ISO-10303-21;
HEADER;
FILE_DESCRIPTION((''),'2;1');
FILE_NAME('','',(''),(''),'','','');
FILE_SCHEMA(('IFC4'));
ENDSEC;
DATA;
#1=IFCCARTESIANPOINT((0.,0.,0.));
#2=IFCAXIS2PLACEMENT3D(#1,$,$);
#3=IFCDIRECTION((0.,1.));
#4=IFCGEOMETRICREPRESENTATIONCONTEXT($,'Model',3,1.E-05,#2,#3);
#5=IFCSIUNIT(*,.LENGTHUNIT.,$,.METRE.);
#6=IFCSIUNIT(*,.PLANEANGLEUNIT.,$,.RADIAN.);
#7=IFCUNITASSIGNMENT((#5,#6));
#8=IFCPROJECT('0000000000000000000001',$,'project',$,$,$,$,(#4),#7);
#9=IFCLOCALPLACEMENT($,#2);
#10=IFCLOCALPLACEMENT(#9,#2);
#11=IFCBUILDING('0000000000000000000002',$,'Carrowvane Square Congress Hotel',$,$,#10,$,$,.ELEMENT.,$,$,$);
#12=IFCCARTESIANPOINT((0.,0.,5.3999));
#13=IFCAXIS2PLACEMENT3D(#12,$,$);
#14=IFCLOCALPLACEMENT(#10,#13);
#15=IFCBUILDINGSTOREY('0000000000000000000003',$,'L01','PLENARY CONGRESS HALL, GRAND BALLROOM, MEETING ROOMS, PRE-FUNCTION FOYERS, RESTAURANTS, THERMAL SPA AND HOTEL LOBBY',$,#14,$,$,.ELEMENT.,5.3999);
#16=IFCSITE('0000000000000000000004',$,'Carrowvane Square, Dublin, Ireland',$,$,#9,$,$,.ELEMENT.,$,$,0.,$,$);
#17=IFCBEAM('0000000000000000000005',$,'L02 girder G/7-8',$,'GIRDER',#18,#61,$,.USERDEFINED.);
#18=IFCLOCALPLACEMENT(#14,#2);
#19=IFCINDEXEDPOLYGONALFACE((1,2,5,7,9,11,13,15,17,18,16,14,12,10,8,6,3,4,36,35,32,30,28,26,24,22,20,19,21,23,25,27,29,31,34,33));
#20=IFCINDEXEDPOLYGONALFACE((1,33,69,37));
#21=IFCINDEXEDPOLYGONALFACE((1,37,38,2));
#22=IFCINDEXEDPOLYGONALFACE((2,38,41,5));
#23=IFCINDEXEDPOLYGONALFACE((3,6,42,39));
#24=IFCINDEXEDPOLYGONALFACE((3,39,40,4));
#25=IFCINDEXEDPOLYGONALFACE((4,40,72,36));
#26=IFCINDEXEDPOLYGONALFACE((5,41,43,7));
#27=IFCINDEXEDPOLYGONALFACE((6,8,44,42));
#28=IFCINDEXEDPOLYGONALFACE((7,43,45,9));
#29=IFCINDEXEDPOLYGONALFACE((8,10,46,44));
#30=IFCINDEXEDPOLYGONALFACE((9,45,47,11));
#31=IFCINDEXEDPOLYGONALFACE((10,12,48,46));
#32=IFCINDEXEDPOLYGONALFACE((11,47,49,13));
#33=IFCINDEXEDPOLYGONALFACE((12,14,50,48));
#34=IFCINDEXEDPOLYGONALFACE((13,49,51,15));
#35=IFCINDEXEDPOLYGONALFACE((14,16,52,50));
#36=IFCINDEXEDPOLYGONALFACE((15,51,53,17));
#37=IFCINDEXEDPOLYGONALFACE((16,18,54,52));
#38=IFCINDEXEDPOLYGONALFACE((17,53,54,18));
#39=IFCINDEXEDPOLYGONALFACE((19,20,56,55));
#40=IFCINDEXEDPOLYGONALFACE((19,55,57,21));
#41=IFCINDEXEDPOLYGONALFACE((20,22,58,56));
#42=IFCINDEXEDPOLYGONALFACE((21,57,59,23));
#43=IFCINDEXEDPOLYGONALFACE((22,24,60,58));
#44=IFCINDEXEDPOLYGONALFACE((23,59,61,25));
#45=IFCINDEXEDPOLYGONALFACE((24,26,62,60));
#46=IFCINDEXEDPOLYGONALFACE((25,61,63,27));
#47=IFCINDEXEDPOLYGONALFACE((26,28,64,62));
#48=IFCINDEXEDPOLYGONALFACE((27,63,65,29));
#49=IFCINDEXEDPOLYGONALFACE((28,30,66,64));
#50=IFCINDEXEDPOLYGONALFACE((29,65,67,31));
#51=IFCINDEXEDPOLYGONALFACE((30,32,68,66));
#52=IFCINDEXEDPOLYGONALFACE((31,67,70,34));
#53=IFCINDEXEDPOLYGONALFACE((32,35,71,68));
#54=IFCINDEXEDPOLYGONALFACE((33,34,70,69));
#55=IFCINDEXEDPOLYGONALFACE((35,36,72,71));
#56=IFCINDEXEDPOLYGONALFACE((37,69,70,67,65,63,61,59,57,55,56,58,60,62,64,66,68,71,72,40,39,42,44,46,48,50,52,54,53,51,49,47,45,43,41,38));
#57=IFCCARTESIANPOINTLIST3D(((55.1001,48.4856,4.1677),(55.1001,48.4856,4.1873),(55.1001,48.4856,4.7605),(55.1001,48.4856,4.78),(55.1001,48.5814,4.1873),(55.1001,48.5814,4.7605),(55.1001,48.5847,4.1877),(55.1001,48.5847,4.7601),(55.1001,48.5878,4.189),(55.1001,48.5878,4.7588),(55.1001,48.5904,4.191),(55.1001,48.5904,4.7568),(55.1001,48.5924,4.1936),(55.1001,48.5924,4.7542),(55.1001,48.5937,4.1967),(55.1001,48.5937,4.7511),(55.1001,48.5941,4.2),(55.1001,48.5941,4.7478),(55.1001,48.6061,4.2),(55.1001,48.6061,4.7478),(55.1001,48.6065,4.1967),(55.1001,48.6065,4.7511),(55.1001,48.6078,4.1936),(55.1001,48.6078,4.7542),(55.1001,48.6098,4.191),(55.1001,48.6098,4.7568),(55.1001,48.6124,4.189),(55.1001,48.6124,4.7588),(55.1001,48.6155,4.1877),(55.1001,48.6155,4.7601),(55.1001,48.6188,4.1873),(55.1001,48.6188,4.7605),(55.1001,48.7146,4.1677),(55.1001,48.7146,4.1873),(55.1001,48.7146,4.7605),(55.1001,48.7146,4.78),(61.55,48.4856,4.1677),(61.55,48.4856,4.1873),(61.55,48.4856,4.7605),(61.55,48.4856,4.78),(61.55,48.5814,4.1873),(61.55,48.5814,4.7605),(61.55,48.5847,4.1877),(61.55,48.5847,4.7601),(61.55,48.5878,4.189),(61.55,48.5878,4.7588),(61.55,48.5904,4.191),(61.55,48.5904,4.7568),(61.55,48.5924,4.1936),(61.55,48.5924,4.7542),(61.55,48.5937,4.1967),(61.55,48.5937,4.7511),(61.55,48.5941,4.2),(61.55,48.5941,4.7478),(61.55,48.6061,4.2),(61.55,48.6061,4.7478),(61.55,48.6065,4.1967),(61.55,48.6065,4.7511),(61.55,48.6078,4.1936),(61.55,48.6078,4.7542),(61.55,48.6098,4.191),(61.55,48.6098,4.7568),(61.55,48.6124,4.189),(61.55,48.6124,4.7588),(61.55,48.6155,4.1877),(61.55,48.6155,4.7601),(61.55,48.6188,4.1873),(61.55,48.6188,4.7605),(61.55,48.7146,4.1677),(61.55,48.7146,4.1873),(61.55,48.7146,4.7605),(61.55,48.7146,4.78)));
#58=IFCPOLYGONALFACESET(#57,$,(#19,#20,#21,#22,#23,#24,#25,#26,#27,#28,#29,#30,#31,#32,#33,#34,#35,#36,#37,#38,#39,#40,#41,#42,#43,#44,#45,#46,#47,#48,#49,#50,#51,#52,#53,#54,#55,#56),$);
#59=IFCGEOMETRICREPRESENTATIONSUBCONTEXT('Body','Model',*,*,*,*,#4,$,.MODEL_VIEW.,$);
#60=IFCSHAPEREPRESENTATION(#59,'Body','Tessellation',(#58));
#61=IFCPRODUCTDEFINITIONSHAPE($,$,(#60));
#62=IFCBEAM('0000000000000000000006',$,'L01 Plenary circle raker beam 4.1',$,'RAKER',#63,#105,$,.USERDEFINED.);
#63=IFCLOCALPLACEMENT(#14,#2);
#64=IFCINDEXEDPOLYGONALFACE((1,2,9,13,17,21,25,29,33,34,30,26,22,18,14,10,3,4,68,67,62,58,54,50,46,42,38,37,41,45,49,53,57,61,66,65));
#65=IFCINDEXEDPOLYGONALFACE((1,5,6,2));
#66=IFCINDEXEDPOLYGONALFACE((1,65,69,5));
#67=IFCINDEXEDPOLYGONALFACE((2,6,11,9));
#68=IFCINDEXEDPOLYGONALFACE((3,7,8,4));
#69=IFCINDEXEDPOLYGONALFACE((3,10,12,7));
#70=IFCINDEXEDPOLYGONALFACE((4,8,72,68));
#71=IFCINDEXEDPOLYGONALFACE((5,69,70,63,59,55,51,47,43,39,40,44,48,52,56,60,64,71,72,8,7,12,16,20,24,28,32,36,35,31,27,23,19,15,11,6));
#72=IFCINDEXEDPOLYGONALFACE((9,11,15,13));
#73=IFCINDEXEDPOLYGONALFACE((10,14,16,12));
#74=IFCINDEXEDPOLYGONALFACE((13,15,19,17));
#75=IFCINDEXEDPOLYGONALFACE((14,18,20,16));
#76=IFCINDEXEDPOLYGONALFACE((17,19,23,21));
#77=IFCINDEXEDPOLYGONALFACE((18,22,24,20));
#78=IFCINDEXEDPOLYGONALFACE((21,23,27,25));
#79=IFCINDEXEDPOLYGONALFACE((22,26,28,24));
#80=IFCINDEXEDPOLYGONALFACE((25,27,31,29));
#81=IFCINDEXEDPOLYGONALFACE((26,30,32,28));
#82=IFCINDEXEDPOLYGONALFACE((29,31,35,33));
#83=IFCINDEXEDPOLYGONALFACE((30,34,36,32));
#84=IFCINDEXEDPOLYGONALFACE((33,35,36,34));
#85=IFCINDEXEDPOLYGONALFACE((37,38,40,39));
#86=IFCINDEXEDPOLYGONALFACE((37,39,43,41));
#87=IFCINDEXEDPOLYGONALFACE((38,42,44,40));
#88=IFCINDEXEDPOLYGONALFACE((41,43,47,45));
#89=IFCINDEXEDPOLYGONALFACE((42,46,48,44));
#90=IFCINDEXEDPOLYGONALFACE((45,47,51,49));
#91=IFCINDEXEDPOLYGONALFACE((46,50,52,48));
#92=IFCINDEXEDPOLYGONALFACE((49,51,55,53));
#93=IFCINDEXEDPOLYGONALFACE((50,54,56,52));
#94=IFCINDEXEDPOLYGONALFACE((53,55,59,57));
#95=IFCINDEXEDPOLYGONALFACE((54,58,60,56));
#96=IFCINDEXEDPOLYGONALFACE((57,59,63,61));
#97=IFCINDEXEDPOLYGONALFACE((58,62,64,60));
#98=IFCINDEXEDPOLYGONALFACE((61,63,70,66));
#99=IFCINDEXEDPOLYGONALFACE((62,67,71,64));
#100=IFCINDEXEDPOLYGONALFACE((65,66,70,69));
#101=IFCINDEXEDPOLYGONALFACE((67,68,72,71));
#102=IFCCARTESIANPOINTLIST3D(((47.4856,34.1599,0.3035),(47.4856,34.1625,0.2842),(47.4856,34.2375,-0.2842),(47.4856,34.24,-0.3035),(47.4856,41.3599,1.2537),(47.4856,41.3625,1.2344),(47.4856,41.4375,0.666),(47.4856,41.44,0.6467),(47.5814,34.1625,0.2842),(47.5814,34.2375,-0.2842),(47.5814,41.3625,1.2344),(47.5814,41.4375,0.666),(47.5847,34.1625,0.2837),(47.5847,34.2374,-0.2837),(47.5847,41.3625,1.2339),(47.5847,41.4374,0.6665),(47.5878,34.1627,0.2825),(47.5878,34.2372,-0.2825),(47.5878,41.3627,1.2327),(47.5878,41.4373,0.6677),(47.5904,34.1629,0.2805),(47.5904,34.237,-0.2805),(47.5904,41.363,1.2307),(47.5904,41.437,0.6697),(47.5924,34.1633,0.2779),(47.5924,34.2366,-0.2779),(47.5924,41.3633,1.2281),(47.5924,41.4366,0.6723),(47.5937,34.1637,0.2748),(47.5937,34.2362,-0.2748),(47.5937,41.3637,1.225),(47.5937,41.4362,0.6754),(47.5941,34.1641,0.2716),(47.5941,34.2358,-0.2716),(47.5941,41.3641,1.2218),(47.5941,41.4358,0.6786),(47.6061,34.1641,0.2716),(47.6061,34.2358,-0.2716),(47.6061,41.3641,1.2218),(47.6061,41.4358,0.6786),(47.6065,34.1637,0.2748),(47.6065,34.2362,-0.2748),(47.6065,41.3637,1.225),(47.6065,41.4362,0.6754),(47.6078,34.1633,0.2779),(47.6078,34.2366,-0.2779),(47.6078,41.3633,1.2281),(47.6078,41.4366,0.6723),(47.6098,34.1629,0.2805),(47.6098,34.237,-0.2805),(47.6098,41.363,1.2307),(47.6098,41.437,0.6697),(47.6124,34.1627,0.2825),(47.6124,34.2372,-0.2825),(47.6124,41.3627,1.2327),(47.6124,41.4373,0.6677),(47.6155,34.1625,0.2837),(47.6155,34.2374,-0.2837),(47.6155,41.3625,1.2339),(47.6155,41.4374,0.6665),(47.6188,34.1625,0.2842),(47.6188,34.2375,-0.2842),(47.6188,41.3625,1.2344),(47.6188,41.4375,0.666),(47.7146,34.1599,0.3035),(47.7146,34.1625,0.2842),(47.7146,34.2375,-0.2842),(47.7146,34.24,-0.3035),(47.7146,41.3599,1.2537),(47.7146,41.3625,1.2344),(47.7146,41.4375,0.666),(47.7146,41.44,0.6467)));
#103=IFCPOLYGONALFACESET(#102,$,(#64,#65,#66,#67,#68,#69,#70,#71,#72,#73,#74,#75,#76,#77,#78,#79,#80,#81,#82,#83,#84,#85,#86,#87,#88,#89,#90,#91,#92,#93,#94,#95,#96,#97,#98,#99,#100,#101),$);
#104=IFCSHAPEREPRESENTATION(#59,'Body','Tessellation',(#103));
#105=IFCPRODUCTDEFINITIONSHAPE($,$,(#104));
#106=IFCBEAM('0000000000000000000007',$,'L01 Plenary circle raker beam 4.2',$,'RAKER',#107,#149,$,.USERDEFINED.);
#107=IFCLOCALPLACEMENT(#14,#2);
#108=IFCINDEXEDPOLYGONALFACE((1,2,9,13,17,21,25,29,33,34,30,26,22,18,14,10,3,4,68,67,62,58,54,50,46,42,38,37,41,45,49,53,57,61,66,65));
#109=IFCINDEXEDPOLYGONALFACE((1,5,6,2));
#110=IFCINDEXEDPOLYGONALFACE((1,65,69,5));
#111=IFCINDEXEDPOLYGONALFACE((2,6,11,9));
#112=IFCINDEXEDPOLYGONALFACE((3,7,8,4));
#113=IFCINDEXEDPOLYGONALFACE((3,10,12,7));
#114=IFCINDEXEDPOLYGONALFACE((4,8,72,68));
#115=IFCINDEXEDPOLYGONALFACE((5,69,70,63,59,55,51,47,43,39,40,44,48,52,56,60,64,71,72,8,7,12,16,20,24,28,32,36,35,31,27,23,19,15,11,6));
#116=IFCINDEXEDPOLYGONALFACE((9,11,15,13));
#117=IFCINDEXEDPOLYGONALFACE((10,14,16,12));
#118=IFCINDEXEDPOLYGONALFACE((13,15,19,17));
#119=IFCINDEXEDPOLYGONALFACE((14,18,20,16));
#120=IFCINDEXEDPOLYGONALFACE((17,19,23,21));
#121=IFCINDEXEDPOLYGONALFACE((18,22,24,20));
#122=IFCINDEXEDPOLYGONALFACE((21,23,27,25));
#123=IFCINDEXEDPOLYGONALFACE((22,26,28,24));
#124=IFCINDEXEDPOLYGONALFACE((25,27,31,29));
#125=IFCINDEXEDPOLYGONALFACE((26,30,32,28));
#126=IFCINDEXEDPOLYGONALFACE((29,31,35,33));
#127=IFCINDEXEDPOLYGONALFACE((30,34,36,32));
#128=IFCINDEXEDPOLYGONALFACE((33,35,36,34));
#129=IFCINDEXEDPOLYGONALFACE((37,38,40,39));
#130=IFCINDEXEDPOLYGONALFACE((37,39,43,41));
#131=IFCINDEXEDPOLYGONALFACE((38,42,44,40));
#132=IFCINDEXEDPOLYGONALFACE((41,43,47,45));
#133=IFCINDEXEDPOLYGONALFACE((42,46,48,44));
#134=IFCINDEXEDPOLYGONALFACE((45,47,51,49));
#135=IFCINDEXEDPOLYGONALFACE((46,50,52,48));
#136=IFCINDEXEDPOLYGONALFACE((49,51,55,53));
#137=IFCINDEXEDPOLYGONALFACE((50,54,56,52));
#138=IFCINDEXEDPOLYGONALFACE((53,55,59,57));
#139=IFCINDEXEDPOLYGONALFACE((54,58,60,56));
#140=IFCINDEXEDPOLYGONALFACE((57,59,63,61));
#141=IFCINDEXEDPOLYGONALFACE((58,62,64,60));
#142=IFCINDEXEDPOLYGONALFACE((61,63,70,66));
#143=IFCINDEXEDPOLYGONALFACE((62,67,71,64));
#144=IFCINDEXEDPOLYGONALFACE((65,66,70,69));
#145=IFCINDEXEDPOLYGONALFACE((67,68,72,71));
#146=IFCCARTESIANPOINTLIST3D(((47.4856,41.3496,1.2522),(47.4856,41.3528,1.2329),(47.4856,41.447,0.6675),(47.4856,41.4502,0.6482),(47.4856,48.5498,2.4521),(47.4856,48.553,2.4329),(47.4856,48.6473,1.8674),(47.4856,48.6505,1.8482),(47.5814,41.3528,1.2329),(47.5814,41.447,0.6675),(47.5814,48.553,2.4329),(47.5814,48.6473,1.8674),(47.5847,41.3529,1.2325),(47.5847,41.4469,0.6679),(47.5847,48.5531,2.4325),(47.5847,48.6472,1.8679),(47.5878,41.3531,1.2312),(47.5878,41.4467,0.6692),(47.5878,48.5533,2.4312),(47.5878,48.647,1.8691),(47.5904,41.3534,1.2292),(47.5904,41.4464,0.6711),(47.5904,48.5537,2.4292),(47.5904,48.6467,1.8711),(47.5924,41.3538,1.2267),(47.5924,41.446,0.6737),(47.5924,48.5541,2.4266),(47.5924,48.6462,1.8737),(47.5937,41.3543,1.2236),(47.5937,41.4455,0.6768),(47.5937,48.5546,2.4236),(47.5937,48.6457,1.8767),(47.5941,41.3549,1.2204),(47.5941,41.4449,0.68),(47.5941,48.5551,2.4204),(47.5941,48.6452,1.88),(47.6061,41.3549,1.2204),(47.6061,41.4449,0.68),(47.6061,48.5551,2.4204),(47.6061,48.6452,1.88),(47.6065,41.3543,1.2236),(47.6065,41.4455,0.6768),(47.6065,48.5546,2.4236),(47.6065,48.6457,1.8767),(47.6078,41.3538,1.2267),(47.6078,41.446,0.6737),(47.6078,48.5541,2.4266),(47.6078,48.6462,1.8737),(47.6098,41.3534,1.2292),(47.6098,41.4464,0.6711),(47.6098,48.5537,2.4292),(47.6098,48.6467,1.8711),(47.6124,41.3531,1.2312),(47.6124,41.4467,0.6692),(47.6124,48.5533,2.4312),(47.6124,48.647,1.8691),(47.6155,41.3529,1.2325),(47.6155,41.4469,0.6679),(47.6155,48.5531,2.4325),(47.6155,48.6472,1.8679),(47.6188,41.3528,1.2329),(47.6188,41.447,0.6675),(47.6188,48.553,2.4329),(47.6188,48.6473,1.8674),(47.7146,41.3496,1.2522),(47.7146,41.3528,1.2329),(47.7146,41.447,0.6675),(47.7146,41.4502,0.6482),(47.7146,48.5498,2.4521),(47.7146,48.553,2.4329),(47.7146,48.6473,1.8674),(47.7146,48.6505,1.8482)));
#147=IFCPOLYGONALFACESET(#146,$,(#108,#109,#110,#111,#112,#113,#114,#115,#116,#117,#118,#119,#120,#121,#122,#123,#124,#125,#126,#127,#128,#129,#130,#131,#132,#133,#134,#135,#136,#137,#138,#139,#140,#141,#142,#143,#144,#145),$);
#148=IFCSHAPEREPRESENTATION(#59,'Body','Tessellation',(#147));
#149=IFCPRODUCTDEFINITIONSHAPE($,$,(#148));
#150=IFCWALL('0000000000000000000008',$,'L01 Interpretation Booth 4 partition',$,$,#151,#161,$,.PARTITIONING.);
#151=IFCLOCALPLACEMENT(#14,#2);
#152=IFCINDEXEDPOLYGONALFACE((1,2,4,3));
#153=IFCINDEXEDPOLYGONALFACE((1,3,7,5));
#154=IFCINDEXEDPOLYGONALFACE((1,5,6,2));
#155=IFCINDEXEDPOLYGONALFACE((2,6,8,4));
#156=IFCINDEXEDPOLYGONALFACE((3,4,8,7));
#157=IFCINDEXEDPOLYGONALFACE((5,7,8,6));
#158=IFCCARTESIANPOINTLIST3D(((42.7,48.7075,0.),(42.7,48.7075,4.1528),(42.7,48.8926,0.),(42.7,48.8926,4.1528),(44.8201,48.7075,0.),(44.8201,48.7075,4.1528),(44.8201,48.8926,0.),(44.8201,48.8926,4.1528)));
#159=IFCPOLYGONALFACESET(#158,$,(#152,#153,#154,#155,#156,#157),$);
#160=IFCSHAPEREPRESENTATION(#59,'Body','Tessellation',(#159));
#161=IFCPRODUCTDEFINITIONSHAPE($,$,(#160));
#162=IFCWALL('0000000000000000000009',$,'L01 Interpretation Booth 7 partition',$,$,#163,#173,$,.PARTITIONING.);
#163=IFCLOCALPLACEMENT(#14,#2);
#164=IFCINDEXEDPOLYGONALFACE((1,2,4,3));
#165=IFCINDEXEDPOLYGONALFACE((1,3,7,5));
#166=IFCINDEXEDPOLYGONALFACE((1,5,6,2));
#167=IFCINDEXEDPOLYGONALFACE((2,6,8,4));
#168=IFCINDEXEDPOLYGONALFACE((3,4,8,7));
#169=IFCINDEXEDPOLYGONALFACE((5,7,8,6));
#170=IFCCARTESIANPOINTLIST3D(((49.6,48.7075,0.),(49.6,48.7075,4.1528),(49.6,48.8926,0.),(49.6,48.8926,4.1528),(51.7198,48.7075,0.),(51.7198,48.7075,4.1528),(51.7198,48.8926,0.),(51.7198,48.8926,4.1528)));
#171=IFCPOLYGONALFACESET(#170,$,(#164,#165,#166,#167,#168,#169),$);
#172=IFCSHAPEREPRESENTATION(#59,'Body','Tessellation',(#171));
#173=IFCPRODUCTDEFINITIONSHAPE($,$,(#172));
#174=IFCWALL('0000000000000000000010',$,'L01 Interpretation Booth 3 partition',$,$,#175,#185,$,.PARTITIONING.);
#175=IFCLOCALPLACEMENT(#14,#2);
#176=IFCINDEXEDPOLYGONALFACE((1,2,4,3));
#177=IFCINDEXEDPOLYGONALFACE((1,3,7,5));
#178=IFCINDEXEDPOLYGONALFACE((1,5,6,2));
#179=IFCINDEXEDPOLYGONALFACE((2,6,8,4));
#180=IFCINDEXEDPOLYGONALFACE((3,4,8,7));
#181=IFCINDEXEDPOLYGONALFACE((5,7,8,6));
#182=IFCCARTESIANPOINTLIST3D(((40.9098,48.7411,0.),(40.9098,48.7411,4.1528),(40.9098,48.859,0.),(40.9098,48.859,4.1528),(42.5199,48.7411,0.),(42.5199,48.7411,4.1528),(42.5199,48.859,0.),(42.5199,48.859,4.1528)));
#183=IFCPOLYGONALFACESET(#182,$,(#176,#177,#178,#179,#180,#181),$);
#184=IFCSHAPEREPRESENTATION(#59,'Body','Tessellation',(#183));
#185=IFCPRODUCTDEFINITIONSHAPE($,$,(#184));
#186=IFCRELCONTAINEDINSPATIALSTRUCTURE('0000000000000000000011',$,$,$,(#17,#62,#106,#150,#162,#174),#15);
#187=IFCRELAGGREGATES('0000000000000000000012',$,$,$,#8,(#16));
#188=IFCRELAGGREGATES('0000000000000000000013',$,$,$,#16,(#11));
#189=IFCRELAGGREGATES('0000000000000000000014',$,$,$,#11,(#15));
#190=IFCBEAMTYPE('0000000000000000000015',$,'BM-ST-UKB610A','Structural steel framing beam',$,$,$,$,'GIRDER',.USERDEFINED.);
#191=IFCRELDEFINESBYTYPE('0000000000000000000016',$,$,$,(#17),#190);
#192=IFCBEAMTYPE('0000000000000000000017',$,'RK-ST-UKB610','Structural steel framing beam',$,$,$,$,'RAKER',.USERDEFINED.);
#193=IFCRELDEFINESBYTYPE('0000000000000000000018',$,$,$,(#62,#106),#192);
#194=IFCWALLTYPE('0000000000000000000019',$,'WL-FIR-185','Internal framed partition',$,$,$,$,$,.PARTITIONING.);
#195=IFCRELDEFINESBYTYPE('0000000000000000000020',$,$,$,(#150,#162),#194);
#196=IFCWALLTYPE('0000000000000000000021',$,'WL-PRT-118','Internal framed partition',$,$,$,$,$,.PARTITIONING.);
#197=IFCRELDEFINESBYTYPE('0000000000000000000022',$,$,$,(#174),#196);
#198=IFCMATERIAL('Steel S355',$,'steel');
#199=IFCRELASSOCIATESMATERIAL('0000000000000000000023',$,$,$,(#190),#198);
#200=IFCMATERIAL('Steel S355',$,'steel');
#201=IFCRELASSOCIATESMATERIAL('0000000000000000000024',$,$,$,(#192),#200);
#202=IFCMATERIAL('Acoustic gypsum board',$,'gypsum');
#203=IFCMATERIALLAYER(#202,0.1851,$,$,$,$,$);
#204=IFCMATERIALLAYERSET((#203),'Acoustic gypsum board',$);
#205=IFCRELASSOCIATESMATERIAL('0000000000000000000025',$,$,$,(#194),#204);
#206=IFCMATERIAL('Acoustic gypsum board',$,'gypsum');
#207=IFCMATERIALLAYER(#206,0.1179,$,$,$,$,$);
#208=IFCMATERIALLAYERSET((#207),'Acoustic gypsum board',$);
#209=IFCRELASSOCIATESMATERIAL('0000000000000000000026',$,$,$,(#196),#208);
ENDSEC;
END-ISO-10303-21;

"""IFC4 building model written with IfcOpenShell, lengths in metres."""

from ifc_helpers import new_model, si_unit, direction, frame, frame_2d, origin, origin_2d, place, context, subcontext, project, spatial, rectangle, i_section, extrude, material, layer, layer_set, material_profile, profile_set, type_object, element, save


model = new_model("IFC4")

# Units and contexts
model_context = context("Model", 3, precision=1e-05, world=origin(), true_north=direction((0.0, 1.0)))
body_context = subcontext(model_context, "Body", "Model", "MODEL_VIEW")
ifc_project = project(units=[si_unit("LENGTHUNIT", "METRE"), si_unit("PLANEANGLEUNIT", "RADIAN")], contexts=[model_context])

# Site, building, storey
site_placement = place(None, origin())
site = spatial("IfcSite", under=ifc_project, at=site_placement, Name="Carrowvane Square, Dublin, Ireland", CompositionType="ELEMENT", RefElevation=0.0)
building_placement = place(site_placement, origin())
building = spatial("IfcBuilding", under=site, at=building_placement, Name="Carrowvane Square Congress Hotel", CompositionType="ELEMENT")
storey_placement = place(building_placement, frame((0.0, 0.0, 5.3999)))
storey = spatial("IfcBuildingStorey", under=building, at=storey_placement, Name="L01", Description="PLENARY CONGRESS HALL, GRAND BALLROOM, MEETING ROOMS, PRE-FUNCTION FOYERS, RESTAURANTS, THERMAL SPA AND HOTEL LOBBY", CompositionType="ELEMENT", Elevation=5.3999)

# Beams
ifc_material_1 = material(Name="Steel S355", Category="steel")
ifc_material_profile_1 = material_profile(ifc_material_1, i_section(OverallWidth=0.229, OverallDepth=0.6123, WebThickness=0.012, FlangeThickness=0.0195, FilletRadius=0.0127, at=origin_2d()), Name="UKB 610x229x125")
ifc_profile_set_1 = profile_set([ifc_material_profile_1], Name="Steel S355")
beam_type_1 = type_object("IfcBeamType", Name="BM-ST-UKB610A", Description="Structural steel framing beam", ElementType="GIRDER", PredefinedType="USERDEFINED", material=ifc_profile_set_1)
beam_1_placement = place(storey_placement, frame((55.1001, 48.6001, 4.4739), z_axis=(1.0, 0.0, 0.0), x_axis=(0.0, 1.0, 0.0)))
element("IfcBeam", 1, at=beam_1_placement, inside=storey, type_object=beam_type_1, Name="L02 girder G/7-8", ObjectType="GIRDER", PredefinedType="USERDEFINED", context=body_context, shape_type="SweptSolid", body=[
    extrude(i_section(OverallWidth=0.229, OverallDepth=0.6123, WebThickness=0.012, FlangeThickness=0.0195, FilletRadius=0.0127, at=origin_2d()), origin(), (0.0, 0.0, 1.0), 6.45),
])
ifc_material_2 = material(Name="Steel S355", Category="steel")
ifc_material_profile_2 = material_profile(ifc_material_2, i_section(OverallWidth=0.229, OverallDepth=0.6123, WebThickness=0.012, FlangeThickness=0.0195, FilletRadius=0.0127, at=origin_2d()), Name="UKB 610x229x125")
ifc_profile_set_2 = profile_set([ifc_material_profile_2], Name="Steel S355")
beam_type_2 = type_object("IfcBeamType", Name="RK-ST-UKB610", Description="Structural steel framing beam", ElementType="RAKER", PredefinedType="USERDEFINED", material=ifc_profile_set_2)
beam_2_placement = place(storey_placement, frame((47.6001, 34.2, 0.0), z_axis=(0.0, 0.991404, 0.130838), x_axis=(-1.0, 0.0, 0.0)))
element("IfcBeam", 2, at=beam_2_placement, inside=storey, type_object=beam_type_2, Name="L01 Plenary circle raker beam 4.1", ObjectType="RAKER", PredefinedType="USERDEFINED", context=body_context, shape_type="SweptSolid", body=[
    extrude(i_section(OverallWidth=0.229, OverallDepth=0.6123, WebThickness=0.012, FlangeThickness=0.0195, FilletRadius=0.0127, at=origin_2d()), origin(), (0.0, 0.0, 1.0), 7.2625),
])
beam_3_placement = place(storey_placement, frame((47.6001, 41.3999, 0.9502), z_axis=(0.0, 0.986396, 0.164388), x_axis=(-1.0, 0.0, 0.0)))
element("IfcBeam", 3, at=beam_3_placement, inside=storey, type_object=beam_type_2, Name="L01 Plenary circle raker beam 4.2", ObjectType="RAKER", PredefinedType="USERDEFINED", context=body_context, shape_type="SweptSolid", body=[
    extrude(i_section(OverallWidth=0.229, OverallDepth=0.6123, WebThickness=0.012, FlangeThickness=0.0195, FilletRadius=0.0127, at=origin_2d()), origin(), (0.0, 0.0, 1.0), 7.2996),
])

# Walls
ifc_material_3 = material(Name="Acoustic gypsum board", Category="gypsum")
ifc_layer_1 = layer(ifc_material_3, 0.1851)
ifc_layer_set_1 = layer_set([ifc_layer_1], Name="Acoustic gypsum board")
wall_type_1 = type_object("IfcWallType", Name="WL-FIR-185", Description="Internal framed partition", PredefinedType="PARTITIONING", material=ifc_layer_set_1)
wall_1_placement = place(storey_placement, frame((44.8201, 48.8, 0.0), z_axis=(0.0, 0.0, 1.0), x_axis=(-1.0, 0.0, 0.0)))
element("IfcWall", 4, at=wall_1_placement, inside=storey, type_object=wall_type_1, Name="L01 Interpretation Booth 4 partition", PredefinedType="PARTITIONING", context=body_context, shape_type="SweptSolid", body=[
    extrude(rectangle(XDim=2.1201, YDim=0.1851, at=frame_2d((1.0601, 0.0))), origin(), (0.0, 0.0, 1.0), 4.1528),
])
wall_2_placement = place(storey_placement, frame((51.72, 48.8, 0.0), z_axis=(0.0, 0.0, 1.0), x_axis=(-1.0, 0.0, 0.0)))
element("IfcWall", 5, at=wall_2_placement, inside=storey, type_object=wall_type_1, Name="L01 Interpretation Booth 7 partition", PredefinedType="PARTITIONING", context=body_context, shape_type="SweptSolid", body=[
    extrude(rectangle(XDim=2.1199, YDim=0.1851, at=frame_2d((1.0601, 0.0))), origin(), (0.0, 0.0, 1.0), 4.1528),
])
ifc_material_4 = material(Name="Acoustic gypsum board", Category="gypsum")
ifc_layer_2 = layer(ifc_material_4, 0.1179)
ifc_layer_set_2 = layer_set([ifc_layer_2], Name="Acoustic gypsum board")
wall_type_2 = type_object("IfcWallType", Name="WL-PRT-118", Description="Internal framed partition", PredefinedType="PARTITIONING", material=ifc_layer_set_2)
wall_3_placement = place(storey_placement, frame((42.52, 48.8, 0.0), z_axis=(0.0, 0.0, 1.0), x_axis=(-1.0, 0.0, 0.0)))
element("IfcWall", 6, at=wall_3_placement, inside=storey, type_object=wall_type_2, Name="L01 Interpretation Booth 3 partition", PredefinedType="PARTITIONING", context=body_context, shape_type="SweptSolid", body=[
    extrude(rectangle(XDim=1.6101, YDim=0.1179, at=frame_2d((0.8052, 0.0))), origin(), (0.0, 0.0, 1.0), 4.1528),
])

save(model, "model.ifc")
